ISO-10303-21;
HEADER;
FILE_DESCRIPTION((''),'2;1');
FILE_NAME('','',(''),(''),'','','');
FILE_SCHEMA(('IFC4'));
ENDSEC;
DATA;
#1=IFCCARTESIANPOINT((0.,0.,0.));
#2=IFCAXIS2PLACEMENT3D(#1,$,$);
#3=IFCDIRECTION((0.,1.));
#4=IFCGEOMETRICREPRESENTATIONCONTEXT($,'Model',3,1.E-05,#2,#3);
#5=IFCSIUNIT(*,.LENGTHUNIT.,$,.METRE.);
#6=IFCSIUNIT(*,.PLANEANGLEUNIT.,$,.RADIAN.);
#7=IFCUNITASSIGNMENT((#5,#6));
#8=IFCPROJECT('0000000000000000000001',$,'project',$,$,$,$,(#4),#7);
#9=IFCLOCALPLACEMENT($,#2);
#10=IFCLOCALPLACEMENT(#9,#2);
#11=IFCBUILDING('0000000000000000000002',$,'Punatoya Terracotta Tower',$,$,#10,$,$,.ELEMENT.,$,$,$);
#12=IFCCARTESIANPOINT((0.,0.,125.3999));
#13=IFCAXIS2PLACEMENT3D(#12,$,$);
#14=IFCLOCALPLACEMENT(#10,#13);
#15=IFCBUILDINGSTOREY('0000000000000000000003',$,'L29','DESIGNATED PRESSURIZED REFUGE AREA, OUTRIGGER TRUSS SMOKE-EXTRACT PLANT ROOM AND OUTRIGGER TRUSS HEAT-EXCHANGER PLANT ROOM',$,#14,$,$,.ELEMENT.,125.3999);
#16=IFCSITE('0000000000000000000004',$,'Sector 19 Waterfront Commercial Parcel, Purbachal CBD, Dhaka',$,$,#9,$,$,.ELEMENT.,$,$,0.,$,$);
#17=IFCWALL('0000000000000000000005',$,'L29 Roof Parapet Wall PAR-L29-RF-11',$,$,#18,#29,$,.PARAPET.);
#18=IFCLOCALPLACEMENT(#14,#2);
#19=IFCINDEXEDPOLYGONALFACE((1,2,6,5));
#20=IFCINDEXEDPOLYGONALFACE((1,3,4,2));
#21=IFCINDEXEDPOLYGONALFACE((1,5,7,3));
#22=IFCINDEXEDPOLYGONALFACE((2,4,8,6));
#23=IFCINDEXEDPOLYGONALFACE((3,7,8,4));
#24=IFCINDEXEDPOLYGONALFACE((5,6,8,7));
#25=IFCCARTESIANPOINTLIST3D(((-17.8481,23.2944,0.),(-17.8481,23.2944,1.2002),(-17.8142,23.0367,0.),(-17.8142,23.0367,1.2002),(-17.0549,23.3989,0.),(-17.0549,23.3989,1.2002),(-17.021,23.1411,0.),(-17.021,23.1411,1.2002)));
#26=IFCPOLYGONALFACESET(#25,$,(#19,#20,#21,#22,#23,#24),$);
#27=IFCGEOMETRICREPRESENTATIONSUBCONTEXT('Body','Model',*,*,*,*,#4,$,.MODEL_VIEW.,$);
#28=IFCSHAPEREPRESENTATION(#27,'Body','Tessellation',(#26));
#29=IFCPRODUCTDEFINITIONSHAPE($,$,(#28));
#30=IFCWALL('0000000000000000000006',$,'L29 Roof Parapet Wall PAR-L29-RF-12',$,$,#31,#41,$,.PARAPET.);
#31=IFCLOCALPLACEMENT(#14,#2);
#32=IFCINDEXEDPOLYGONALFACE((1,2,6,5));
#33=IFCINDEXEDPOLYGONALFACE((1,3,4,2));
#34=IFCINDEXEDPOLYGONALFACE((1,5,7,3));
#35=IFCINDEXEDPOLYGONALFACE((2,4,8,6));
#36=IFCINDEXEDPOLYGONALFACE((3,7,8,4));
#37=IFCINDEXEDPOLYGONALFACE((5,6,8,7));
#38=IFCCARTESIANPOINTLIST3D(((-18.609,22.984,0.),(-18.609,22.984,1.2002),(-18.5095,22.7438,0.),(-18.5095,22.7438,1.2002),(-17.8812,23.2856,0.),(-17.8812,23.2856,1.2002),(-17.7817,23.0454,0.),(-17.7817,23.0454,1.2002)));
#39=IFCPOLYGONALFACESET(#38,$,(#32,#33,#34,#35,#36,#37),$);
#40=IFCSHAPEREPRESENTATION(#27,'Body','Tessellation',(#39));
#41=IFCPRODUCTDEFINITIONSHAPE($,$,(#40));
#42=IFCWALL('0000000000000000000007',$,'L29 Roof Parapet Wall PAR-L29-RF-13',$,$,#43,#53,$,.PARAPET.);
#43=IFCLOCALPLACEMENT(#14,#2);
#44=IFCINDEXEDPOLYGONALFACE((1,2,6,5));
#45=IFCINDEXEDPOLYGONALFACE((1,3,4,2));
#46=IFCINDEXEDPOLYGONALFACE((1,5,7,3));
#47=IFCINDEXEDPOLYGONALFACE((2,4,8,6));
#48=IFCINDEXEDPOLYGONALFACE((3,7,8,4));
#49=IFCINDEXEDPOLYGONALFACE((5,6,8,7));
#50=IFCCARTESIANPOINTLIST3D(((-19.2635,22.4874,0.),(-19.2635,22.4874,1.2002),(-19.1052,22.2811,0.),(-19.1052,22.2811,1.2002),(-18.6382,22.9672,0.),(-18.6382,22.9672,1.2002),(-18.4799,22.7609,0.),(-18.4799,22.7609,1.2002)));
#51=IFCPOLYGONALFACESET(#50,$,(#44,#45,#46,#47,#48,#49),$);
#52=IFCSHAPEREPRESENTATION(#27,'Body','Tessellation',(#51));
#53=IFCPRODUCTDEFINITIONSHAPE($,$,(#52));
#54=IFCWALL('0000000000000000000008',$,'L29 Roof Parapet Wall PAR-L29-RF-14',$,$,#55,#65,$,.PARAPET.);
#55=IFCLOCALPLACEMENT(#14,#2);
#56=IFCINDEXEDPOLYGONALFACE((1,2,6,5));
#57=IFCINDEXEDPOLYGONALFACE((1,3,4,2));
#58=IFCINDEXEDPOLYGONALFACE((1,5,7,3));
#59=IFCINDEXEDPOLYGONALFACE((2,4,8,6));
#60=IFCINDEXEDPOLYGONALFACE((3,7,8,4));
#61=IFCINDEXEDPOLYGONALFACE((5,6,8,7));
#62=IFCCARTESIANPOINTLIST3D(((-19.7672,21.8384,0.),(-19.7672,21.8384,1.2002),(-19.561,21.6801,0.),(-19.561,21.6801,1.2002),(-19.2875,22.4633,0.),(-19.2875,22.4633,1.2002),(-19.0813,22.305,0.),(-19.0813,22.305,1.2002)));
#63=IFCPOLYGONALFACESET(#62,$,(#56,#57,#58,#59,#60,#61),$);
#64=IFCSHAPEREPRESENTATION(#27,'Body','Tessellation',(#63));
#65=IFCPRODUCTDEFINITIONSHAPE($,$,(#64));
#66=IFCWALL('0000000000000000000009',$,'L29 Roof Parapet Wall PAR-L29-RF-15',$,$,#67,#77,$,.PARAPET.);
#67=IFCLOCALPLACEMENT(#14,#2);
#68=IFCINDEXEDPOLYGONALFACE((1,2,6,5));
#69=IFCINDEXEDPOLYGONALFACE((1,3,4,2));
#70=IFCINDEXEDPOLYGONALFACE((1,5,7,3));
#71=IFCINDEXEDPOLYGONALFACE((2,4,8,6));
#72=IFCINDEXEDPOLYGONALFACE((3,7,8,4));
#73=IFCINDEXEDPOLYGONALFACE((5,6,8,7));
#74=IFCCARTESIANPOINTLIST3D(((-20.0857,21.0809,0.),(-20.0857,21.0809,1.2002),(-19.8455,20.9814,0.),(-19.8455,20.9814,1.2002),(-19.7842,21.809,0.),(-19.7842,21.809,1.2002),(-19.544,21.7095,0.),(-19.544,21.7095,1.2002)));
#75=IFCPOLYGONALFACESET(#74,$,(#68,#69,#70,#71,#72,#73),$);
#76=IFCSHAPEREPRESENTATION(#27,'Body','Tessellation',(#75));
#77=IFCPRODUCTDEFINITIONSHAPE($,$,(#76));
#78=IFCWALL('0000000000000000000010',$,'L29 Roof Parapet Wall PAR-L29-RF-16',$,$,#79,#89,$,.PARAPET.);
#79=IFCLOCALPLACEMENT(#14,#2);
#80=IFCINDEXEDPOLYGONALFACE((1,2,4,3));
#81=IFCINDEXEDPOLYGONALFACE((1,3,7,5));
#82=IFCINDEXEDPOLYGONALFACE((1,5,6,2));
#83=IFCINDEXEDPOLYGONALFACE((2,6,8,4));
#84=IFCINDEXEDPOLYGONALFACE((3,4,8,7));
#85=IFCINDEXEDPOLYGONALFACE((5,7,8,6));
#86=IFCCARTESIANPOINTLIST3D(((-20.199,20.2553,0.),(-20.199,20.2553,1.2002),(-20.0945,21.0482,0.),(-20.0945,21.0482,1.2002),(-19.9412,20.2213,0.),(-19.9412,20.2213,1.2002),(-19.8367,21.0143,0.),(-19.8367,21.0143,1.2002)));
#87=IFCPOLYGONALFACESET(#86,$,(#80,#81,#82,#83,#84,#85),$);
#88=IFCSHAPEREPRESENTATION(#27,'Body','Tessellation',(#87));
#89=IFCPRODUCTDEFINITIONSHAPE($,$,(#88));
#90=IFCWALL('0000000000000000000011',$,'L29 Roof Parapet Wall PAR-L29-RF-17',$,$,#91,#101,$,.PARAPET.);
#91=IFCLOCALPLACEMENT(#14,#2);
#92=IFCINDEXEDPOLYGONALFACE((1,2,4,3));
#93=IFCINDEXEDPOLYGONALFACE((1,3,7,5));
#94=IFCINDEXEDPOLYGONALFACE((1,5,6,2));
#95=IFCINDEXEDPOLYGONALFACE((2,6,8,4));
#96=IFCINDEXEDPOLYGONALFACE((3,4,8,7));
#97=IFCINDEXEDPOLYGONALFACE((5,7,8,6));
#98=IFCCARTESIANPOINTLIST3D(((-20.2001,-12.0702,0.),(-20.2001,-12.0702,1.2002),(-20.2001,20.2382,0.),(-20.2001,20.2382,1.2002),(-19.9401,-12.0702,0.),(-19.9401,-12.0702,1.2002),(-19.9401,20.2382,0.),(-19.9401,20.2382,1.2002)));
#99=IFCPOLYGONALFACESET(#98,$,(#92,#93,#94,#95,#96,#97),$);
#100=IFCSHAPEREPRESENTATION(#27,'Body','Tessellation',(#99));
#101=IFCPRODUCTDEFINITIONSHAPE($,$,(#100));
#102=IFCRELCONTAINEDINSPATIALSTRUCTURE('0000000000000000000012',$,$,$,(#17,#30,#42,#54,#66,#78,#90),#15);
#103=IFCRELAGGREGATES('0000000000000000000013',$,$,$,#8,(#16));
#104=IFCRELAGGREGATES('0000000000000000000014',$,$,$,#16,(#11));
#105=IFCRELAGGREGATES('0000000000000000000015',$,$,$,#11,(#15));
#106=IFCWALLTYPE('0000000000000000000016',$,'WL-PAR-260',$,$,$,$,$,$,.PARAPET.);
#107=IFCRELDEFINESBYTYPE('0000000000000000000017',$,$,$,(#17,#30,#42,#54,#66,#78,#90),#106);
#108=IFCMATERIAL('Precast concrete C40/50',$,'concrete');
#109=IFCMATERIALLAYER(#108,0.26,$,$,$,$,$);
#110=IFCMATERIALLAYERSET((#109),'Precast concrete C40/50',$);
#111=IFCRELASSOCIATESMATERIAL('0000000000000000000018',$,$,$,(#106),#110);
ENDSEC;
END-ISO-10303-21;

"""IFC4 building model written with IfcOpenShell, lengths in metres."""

from ifc_helpers import new_model, si_unit, direction, frame, frame_2d, origin, place, context, subcontext, project, spatial, rectangle, extrude, material, layer, layer_set, type_object, element, save


model = new_model("IFC4")

# Units and contexts
model_context = context("Model", 3, precision=1e-05, world=origin(), true_north=direction((0.0, 1.0)))
body_context = subcontext(model_context, "Body", "Model", "MODEL_VIEW")
ifc_project = project(units=[si_unit("LENGTHUNIT", "METRE"), si_unit("PLANEANGLEUNIT", "RADIAN")], contexts=[model_context])

# Site, building, storey
site_placement = place(None, origin())
site = spatial("IfcSite", under=ifc_project, at=site_placement, Name="Sector 19 Waterfront Commercial Parcel, Purbachal CBD, Dhaka", CompositionType="ELEMENT", RefElevation=0.0)
building_placement = place(site_placement, origin())
building = spatial("IfcBuilding", under=site, at=building_placement, Name="Punatoya Terracotta Tower", CompositionType="ELEMENT")
storey_placement = place(building_placement, frame((0.0, 0.0, 125.3999)))
storey = spatial("IfcBuildingStorey", under=building, at=storey_placement, Name="L29", Description="DESIGNATED PRESSURIZED REFUGE AREA, OUTRIGGER TRUSS SMOKE-EXTRACT PLANT ROOM AND OUTRIGGER TRUSS HEAT-EXCHANGER PLANT ROOM", CompositionType="ELEMENT", Elevation=125.3999)

# Shared definitions
ifc_material_1 = material(Name="Precast concrete C40/50", Category="concrete")

# Walls
ifc_layer_1 = layer(ifc_material_1, 0.26)
ifc_layer_set_1 = layer_set([ifc_layer_1], Name="Precast concrete C40/50")
wall_type_1 = type_object("IfcWallType", Name="WL-PAR-260", PredefinedType="PARAPET", material=ifc_layer_set_1)
wall_1_placement = place(storey_placement, frame((-17.0381, 23.27, 0.0), z_axis=(0.0, 0.0, 1.0), x_axis=(-0.991435, -0.130604, 0.0)))
element("IfcWall", 1, at=wall_1_placement, inside=storey, type_object=wall_type_1, Name="L29 Roof Parapet Wall PAR-L29-RF-11", PredefinedType="PARAPET", context=body_context, shape_type="SweptSolid", body=[
    extrude(rectangle(XDim=0.8, YDim=0.26, at=frame_2d((0.3999, 0.0))), origin(), (0.0, 0.0, 1.0), 1.2002),
])
wall_2_placement = place(storey_placement, frame((-17.8313, 23.1655, 0.0), z_axis=(0.0, 0.0, 1.0), x_axis=(-0.923854, -0.382744, 0.0)))
element("IfcWall", 2, at=wall_2_placement, inside=storey, type_object=wall_type_1, Name="L29 Roof Parapet Wall PAR-L29-RF-12", PredefinedType="PARAPET", context=body_context, shape_type="SweptSolid", body=[
    extrude(rectangle(XDim=0.7878, YDim=0.26, at=frame_2d((0.394, 0.0))), origin(), (0.0, 0.0, 1.0), 1.2002),
])
wall_3_placement = place(storey_placement, frame((-18.5591, 22.864, 0.0), z_axis=(0.0, 0.0, 1.0), x_axis=(-0.793372, -0.608737, 0.0)))
element("IfcWall", 3, at=wall_3_placement, inside=storey, type_object=wall_type_1, Name="L29 Roof Parapet Wall PAR-L29-RF-13", PredefinedType="PARAPET", context=body_context, shape_type="SweptSolid", body=[
    extrude(rectangle(XDim=0.7881, YDim=0.26, at=frame_2d((0.394, 0.0))), origin(), (0.0, 0.0, 1.0), 1.2002),
])
wall_4_placement = place(storey_placement, frame((-19.1843, 22.3843, 0.0), z_axis=(0.0, 0.0, 1.0), x_axis=(-0.608887, -0.793257, 0.0)))
element("IfcWall", 4, at=wall_4_placement, inside=storey, type_object=wall_type_1, Name="L29 Roof Parapet Wall PAR-L29-RF-14", PredefinedType="PARAPET", context=body_context, shape_type="SweptSolid", body=[
    extrude(rectangle(XDim=0.7878, YDim=0.26, at=frame_2d((0.394, 0.0))), origin(), (0.0, 0.0, 1.0), 1.2002),
])
wall_5_placement = place(storey_placement, frame((-19.6641, 21.7593, 0.0), z_axis=(0.0, 0.0, 1.0), x_axis=(-0.382635, -0.9239, 0.0)))
element("IfcWall", 5, at=wall_5_placement, inside=storey, type_object=wall_type_1, Name="L29 Roof Parapet Wall PAR-L29-RF-15", PredefinedType="PARAPET", context=body_context, shape_type="SweptSolid", body=[
    extrude(rectangle(XDim=0.7881, YDim=0.26, at=frame_2d((0.394, 0.0))), origin(), (0.0, 0.0, 1.0), 1.2002),
])
wall_6_placement = place(storey_placement, frame((-19.9656, 21.0312, 0.0), z_axis=(0.0, 0.0, 1.0), x_axis=(-0.130644, -0.991429, 0.0)))
element("IfcWall", 6, at=wall_6_placement, inside=storey, type_object=wall_type_1, Name="L29 Roof Parapet Wall PAR-L29-RF-16", PredefinedType="PARAPET", context=body_context, shape_type="SweptSolid", body=[
    extrude(rectangle(XDim=0.7998, YDim=0.26, at=frame_2d((0.3999, 0.0))), origin(), (0.0, 0.0, 1.0), 1.2002),
])
wall_7_placement = place(storey_placement, frame((-20.0701, 20.2383, 0.0), z_axis=(0.0, 0.0, 1.0), x_axis=(0.0, -1.0, 0.0)))
element("IfcWall", 7, at=wall_7_placement, inside=storey, type_object=wall_type_1, Name="L29 Roof Parapet Wall PAR-L29-RF-17", PredefinedType="PARAPET", context=body_context, shape_type="SweptSolid", body=[
    extrude(rectangle(XDim=32.3083, YDim=0.26, at=frame_2d((16.1543, 0.0))), origin(), (0.0, 0.0, 1.0), 1.2002),
])

save(model, "model.ifc")
